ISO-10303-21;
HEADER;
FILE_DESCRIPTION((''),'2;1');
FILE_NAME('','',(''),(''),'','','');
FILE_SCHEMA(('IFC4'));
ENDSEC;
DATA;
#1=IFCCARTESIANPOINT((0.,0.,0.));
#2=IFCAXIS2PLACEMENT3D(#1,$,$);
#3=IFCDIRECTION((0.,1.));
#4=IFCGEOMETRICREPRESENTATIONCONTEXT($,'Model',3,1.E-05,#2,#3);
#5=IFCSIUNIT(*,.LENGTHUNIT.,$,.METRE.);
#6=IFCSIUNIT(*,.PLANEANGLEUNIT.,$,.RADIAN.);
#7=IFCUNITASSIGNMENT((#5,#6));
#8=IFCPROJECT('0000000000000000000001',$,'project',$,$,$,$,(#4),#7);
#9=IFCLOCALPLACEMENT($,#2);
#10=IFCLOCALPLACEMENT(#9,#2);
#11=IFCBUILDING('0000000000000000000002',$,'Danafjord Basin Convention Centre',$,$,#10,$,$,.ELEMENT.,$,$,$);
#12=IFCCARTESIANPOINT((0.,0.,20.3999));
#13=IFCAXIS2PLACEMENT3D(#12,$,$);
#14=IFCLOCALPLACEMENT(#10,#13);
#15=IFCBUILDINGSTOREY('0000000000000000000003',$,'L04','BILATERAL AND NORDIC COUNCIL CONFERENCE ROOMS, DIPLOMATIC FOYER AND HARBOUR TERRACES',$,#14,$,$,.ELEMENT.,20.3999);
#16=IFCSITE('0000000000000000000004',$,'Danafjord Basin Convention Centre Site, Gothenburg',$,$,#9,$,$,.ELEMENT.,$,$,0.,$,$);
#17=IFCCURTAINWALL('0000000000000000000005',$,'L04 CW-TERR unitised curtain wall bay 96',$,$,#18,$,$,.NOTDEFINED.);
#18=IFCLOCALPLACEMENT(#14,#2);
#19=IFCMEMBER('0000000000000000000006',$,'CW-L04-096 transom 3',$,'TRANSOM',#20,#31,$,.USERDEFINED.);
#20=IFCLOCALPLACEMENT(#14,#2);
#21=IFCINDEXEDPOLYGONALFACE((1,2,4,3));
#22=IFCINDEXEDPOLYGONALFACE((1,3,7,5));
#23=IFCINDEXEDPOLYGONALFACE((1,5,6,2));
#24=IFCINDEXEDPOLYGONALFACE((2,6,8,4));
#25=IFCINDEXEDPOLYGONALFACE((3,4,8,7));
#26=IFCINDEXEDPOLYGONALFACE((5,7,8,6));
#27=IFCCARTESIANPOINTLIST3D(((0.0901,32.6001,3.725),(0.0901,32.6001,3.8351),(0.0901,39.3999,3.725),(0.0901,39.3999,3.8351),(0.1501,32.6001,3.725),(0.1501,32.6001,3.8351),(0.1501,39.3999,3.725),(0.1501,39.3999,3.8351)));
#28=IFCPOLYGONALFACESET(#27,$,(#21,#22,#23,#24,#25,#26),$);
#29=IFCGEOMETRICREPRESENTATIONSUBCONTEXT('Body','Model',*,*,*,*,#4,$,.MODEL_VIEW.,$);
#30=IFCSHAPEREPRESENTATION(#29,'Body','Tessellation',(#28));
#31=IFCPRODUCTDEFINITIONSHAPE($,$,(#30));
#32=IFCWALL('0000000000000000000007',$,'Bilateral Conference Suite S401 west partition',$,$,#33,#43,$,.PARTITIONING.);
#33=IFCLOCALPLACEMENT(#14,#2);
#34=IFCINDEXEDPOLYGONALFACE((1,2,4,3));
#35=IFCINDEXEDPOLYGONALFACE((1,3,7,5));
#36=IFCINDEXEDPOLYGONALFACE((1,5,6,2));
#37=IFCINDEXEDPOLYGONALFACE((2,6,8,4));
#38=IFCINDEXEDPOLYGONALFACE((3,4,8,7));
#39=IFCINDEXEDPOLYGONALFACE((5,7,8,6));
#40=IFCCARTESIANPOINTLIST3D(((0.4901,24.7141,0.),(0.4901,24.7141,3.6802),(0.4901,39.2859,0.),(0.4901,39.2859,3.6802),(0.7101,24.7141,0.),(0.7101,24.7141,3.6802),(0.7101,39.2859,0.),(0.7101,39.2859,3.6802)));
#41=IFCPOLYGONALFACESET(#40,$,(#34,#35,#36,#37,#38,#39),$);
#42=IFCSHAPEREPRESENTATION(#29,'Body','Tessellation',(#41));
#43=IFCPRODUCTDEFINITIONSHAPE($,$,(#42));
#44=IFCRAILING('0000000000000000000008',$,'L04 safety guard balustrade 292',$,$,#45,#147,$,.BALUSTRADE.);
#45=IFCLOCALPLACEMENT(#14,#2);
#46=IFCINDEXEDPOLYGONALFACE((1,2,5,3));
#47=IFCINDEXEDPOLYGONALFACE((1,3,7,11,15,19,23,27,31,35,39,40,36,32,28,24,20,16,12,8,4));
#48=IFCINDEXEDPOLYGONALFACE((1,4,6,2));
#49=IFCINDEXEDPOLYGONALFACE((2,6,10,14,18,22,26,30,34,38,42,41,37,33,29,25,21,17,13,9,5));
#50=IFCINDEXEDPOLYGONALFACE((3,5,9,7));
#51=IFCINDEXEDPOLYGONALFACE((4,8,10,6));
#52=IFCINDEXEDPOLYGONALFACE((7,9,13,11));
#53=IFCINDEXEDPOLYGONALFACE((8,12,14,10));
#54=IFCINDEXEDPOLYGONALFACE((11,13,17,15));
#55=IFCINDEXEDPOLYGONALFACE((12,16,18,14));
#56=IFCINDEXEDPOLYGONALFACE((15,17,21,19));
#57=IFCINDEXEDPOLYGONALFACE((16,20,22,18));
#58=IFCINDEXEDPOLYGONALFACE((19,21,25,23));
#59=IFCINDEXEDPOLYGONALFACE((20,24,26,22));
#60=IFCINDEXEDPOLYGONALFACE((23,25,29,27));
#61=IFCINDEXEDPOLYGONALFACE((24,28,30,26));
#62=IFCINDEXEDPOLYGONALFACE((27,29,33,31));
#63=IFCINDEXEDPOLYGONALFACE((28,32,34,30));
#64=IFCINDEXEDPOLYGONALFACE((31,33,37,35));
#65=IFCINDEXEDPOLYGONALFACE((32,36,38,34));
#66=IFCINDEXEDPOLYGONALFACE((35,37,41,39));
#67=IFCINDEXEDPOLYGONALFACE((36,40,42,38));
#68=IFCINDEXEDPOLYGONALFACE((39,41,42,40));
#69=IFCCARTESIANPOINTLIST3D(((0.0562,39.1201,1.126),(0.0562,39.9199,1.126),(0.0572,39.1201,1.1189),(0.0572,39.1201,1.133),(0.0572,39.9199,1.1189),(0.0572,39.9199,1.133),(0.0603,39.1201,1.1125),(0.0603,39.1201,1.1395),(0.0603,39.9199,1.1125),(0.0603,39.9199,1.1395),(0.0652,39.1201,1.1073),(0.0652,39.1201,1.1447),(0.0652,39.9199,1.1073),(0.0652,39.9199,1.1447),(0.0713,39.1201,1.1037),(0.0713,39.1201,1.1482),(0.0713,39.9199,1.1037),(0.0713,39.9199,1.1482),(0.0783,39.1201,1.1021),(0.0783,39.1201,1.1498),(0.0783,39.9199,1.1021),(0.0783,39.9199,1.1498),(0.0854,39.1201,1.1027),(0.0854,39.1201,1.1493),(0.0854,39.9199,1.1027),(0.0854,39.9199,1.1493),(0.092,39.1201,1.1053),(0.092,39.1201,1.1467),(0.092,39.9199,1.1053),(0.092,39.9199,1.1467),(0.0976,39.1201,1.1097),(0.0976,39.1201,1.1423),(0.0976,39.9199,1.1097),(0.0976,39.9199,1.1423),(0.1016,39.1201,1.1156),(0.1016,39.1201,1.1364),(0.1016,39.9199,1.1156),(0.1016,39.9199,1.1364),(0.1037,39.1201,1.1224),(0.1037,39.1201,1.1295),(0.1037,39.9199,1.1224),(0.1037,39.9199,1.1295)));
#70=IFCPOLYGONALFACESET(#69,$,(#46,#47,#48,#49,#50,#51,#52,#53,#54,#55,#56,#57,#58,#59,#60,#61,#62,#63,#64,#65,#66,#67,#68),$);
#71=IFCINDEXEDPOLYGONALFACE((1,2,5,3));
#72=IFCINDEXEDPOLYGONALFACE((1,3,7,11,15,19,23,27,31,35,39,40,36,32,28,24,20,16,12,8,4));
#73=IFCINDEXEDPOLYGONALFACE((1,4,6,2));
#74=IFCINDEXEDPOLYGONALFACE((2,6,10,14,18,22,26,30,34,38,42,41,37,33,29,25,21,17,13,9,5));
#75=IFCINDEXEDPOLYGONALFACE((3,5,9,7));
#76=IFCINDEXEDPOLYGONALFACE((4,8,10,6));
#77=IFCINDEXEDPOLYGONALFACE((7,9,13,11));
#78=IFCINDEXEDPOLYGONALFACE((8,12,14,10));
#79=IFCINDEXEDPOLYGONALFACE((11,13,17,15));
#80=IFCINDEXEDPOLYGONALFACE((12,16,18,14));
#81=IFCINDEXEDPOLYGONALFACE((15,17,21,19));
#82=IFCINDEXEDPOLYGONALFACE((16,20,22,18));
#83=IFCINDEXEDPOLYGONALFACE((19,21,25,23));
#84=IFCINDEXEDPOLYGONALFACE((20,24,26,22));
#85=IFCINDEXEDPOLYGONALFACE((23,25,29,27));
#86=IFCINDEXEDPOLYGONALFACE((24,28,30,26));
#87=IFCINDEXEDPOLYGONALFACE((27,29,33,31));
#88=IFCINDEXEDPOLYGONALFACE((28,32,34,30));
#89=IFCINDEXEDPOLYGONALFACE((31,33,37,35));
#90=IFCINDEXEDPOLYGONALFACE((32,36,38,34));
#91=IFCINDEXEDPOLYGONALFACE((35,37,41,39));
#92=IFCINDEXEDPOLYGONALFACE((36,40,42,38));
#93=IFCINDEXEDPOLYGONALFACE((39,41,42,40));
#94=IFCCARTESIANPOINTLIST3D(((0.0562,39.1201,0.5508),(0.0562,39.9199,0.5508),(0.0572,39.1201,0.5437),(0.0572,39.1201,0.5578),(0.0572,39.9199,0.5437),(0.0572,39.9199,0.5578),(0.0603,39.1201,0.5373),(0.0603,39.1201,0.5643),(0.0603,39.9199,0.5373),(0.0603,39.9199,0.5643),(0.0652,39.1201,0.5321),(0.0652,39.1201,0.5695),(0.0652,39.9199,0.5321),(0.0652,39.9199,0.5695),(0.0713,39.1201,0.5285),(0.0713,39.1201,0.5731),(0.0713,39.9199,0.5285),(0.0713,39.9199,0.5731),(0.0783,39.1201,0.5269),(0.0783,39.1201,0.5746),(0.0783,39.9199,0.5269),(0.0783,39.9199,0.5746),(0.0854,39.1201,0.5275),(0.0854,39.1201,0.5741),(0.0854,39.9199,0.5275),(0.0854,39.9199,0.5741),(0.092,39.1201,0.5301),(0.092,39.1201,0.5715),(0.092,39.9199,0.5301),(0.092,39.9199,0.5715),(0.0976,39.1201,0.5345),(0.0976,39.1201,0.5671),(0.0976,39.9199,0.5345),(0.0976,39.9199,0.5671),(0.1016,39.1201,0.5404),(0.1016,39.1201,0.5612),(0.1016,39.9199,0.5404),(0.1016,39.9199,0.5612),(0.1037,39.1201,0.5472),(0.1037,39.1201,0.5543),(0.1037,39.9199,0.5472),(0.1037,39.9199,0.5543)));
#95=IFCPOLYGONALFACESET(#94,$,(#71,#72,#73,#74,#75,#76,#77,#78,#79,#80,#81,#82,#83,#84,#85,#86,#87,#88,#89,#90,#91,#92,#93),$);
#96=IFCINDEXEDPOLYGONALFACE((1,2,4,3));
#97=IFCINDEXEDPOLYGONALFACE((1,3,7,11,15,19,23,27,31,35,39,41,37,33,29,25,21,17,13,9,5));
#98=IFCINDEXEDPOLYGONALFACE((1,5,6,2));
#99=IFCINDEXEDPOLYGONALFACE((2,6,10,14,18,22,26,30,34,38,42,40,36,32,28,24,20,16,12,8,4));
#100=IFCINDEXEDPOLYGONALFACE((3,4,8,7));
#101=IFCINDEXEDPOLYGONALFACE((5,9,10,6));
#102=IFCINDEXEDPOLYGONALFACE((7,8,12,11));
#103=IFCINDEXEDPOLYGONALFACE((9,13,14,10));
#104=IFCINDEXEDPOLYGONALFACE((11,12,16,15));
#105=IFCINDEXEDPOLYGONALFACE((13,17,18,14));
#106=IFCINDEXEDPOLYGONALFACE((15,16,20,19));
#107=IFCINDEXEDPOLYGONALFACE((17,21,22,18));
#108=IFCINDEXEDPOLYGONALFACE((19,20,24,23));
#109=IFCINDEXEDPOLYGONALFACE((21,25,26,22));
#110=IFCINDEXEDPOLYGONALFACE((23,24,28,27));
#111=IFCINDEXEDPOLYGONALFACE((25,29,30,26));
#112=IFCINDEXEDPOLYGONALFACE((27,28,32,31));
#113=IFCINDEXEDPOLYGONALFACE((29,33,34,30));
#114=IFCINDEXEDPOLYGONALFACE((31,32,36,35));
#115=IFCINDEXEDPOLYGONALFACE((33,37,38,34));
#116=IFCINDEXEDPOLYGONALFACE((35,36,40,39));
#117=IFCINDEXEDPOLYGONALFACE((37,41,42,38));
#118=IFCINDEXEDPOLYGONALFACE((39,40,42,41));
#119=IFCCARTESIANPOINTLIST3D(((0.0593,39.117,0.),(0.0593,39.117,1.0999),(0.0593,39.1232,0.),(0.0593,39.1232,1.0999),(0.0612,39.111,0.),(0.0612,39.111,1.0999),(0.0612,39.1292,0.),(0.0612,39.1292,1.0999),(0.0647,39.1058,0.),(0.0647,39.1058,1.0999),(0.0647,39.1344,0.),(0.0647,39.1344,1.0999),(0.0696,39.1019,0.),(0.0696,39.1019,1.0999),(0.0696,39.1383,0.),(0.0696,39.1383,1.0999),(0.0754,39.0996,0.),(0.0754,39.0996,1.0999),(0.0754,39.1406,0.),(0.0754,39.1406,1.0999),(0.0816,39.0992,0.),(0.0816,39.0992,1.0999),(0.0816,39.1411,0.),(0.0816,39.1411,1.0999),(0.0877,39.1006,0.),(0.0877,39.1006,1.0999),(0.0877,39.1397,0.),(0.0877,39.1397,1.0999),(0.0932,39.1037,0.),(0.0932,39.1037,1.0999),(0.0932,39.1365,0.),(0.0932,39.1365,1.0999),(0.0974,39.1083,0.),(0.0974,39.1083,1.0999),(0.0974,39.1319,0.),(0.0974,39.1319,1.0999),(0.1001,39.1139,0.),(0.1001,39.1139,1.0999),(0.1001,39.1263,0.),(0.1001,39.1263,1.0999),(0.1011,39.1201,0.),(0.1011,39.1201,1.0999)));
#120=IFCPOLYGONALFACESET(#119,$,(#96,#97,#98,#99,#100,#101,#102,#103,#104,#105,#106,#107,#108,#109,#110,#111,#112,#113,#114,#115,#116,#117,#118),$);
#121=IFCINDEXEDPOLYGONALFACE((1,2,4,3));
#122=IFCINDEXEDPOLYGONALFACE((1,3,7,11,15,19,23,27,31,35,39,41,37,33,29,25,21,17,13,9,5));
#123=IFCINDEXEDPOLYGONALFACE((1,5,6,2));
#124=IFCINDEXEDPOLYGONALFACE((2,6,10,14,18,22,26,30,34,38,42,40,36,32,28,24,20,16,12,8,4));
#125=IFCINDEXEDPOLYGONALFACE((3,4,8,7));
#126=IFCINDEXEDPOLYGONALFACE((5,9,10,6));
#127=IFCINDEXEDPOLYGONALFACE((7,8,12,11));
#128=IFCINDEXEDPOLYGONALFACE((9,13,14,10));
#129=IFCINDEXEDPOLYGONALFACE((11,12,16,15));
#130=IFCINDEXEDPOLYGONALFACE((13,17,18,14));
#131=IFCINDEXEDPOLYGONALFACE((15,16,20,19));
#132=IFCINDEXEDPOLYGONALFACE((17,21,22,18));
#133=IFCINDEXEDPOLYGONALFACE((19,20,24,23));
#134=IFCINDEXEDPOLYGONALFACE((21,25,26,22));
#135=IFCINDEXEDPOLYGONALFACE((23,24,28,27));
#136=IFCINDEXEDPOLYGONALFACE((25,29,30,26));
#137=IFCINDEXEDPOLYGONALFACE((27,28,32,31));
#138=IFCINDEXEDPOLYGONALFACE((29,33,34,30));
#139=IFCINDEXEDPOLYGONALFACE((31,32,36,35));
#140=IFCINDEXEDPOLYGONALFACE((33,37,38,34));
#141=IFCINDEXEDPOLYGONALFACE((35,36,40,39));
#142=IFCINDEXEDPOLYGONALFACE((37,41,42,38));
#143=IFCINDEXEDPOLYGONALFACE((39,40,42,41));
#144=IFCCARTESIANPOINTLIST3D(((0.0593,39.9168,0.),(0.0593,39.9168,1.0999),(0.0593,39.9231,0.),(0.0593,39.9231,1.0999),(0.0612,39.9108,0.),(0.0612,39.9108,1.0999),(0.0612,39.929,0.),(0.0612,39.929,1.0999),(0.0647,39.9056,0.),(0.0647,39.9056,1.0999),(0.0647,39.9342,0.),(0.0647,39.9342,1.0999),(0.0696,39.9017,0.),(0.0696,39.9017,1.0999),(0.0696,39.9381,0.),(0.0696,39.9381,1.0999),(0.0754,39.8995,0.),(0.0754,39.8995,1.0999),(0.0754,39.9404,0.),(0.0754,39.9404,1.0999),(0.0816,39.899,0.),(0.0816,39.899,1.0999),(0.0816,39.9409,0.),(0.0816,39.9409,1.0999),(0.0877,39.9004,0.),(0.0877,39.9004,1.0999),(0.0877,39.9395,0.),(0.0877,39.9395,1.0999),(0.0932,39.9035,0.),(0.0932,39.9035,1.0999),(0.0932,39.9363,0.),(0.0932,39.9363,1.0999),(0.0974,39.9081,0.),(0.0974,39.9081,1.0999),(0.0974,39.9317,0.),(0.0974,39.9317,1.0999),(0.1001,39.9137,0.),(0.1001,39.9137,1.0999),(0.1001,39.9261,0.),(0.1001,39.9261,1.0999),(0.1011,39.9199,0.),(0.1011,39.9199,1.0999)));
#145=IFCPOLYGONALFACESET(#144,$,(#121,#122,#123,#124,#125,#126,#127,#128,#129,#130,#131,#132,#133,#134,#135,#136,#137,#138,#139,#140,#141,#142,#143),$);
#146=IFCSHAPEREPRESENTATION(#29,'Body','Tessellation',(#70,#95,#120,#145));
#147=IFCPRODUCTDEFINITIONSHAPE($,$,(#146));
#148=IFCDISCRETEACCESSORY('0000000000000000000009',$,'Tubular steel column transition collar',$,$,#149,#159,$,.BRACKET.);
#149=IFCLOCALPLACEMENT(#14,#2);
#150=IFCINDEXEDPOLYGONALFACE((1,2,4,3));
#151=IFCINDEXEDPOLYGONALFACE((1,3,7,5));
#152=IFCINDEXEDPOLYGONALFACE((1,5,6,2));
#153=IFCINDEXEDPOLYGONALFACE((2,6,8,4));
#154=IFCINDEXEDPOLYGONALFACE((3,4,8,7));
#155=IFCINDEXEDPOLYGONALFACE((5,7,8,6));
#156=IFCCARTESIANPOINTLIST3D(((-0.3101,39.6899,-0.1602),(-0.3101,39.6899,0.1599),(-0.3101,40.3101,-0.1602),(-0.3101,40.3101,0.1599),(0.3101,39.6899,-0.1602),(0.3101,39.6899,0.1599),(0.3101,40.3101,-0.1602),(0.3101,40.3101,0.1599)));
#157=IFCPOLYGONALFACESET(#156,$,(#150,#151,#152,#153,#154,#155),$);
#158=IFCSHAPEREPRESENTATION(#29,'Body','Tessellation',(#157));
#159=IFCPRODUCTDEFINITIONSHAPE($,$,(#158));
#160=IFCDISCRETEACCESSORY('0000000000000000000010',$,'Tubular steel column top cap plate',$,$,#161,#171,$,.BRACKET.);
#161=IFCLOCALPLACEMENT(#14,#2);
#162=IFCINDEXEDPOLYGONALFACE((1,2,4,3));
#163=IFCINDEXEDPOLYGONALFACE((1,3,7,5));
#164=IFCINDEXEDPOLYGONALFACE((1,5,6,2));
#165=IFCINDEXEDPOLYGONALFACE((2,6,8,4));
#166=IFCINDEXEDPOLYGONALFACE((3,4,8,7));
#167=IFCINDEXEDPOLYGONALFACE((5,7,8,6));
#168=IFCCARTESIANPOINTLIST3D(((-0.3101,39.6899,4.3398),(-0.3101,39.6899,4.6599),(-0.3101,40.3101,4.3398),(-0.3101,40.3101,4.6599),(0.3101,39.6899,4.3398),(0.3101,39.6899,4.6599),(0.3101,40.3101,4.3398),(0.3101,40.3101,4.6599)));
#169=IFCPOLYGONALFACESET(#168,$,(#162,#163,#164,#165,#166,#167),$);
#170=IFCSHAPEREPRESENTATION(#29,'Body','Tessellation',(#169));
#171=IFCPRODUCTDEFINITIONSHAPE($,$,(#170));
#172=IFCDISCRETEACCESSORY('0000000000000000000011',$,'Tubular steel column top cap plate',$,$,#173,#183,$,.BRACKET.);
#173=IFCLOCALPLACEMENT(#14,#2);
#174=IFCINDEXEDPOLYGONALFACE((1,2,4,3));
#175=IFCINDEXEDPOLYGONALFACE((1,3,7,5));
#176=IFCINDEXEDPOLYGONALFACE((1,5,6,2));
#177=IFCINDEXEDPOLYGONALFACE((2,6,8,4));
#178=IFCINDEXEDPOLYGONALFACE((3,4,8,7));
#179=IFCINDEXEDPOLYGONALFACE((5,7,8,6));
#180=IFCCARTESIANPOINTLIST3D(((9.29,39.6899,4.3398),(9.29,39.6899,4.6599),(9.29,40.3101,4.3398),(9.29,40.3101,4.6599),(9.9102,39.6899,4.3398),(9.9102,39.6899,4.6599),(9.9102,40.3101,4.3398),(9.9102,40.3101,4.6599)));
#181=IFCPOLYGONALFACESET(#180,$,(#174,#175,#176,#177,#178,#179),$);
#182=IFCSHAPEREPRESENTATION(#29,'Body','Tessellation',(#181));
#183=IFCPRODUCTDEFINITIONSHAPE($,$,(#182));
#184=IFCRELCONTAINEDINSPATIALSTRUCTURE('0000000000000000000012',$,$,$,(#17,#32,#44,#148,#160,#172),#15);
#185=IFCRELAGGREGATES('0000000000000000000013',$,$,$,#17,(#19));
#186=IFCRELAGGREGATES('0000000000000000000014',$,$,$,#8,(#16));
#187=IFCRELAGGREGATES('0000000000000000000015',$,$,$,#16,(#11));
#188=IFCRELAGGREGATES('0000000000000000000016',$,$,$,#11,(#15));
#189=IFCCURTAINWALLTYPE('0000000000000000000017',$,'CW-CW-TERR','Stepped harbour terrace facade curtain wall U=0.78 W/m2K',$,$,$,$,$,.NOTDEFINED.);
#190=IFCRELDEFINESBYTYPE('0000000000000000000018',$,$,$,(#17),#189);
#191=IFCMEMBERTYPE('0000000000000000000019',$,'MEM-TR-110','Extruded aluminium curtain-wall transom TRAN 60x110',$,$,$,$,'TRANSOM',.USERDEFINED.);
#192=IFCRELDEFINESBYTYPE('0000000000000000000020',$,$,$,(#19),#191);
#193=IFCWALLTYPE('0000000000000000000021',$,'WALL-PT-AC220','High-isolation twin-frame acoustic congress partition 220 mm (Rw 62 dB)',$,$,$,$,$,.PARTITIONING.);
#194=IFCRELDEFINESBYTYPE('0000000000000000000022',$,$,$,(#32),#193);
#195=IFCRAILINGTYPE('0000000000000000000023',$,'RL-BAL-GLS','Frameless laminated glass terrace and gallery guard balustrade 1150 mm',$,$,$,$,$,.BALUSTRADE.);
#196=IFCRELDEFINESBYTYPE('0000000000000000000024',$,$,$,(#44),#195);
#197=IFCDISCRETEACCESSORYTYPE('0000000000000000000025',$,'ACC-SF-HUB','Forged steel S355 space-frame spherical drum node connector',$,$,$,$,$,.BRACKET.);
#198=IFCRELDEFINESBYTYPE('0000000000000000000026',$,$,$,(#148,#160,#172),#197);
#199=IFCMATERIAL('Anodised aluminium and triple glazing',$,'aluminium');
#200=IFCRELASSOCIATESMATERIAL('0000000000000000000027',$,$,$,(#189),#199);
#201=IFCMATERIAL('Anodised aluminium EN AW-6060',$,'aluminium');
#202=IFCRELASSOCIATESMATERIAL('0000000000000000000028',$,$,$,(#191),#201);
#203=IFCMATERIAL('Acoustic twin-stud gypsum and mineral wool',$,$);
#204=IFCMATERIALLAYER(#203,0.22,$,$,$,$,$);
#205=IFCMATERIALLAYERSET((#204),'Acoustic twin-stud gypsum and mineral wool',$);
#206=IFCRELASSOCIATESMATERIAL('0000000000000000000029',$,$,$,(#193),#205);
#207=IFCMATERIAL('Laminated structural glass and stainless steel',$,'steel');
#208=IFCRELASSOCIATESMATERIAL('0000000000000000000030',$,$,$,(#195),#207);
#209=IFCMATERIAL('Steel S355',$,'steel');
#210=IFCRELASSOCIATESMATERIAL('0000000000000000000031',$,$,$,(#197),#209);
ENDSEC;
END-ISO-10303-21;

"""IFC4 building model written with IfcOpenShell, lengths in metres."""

from ifc_helpers import new_model, si_unit, direction, frame, frame_2d, origin, origin_2d, place, context, subcontext, project, spatial, rectangle, circle, extrude, material, layer, layer_set, material_profile, profile_set, type_object, element, aggregate, save


model = new_model("IFC4")

# Units and contexts
model_context = context("Model", 3, precision=1e-05, world=origin(), true_north=direction((0.0, 1.0)))
body_context = subcontext(model_context, "Body", "Model", "MODEL_VIEW")
ifc_project = project(units=[si_unit("LENGTHUNIT", "METRE"), si_unit("PLANEANGLEUNIT", "RADIAN")], contexts=[model_context])

# Site, building, storey
site_placement = place(None, origin())
site = spatial("IfcSite", under=ifc_project, at=site_placement, Name="Danafjord Basin Convention Centre Site, Gothenburg", CompositionType="ELEMENT", RefElevation=0.0)
building_placement = place(site_placement, origin())
building = spatial("IfcBuilding", under=site, at=building_placement, Name="Danafjord Basin Convention Centre", CompositionType="ELEMENT")
storey_placement = place(building_placement, frame((0.0, 0.0, 20.3999)))
storey = spatial("IfcBuildingStorey", under=building, at=storey_placement, Name="L04", Description="BILATERAL AND NORDIC COUNCIL CONFERENCE ROOMS, DIPLOMATIC FOYER AND HARBOUR TERRACES", CompositionType="ELEMENT", Elevation=20.3999)

# Shared definitions
ifc_material_1 = material(Name="Steel S355", Category="steel")

# Curtain wall, member
ifc_material_2 = material(Name="Anodised aluminium and triple glazing", Category="aluminium")
curtain_wall_type = type_object("IfcCurtainWallType", Name="CW-CW-TERR", Description="Stepped harbour terrace facade curtain wall U=0.78 W/m2K", PredefinedType="NOTDEFINED", material=ifc_material_2)
curtain_wall_placement = place(storey_placement, origin())
curtain_wall = element("IfcCurtainWall", 1, at=curtain_wall_placement, inside=storey, type_object=curtain_wall_type, Name="L04 CW-TERR unitised curtain wall bay 96", PredefinedType="NOTDEFINED")
ifc_material_3 = material(Name="Anodised aluminium EN AW-6060", Category="aluminium")
ifc_material_profile_1 = material_profile(ifc_material_3, rectangle(XDim=0.0601, YDim=0.1101, at=origin_2d()), Name="TRAN 60x110")
ifc_profile_set_1 = profile_set([ifc_material_profile_1], Name="Anodised aluminium EN AW-6060")
member_type_1 = type_object("IfcMemberType", Name="MEM-TR-110", Description="Extruded aluminium curtain-wall transom TRAN 60x110", ElementType="TRANSOM", PredefinedType="USERDEFINED", material=ifc_profile_set_1)
member_1_placement = place(storey_placement, frame((0.1201, 39.3999, 3.78), z_axis=(0.0, -1.0, 0.0), x_axis=(1.0, 0.0, 0.0)))
member_1 = element("IfcMember", 2, at=member_1_placement, type_object=member_type_1, Name="CW-L04-096 transom 3", ObjectType="TRANSOM", PredefinedType="USERDEFINED", context=body_context, shape_type="SweptSolid", body=[
    extrude(rectangle(XDim=0.0601, YDim=0.1101, at=origin_2d()), origin(), (0.0, 0.0, 1.0), 6.7998),
])
aggregate(curtain_wall, [member_1])

# Wall
ifc_material_4 = material(Name="Acoustic twin-stud gypsum and mineral wool")
ifc_layer = layer(ifc_material_4, 0.22)
ifc_layer_set = layer_set([ifc_layer], Name="Acoustic twin-stud gypsum and mineral wool")
wall_type = type_object("IfcWallType", Name="WALL-PT-AC220", Description="High-isolation twin-frame acoustic congress partition 220 mm (Rw 62 dB)", PredefinedType="PARTITIONING", material=ifc_layer_set)
wall_placement = place(storey_placement, frame((0.6001, 39.2859, 0.0), z_axis=(0.0, 0.0, 1.0), x_axis=(0.0, -1.0, 0.0)))
element("IfcWall", 3, at=wall_placement, inside=storey, type_object=wall_type, Name="Bilateral Conference Suite S401 west partition", PredefinedType="PARTITIONING", context=body_context, shape_type="SweptSolid", body=[
    extrude(rectangle(XDim=14.5718, YDim=0.22, at=frame_2d((7.2859, 0.0))), origin(), (0.0, 0.0, 1.0), 3.6802),
])

# Railing
ifc_material_5 = material(Name="Laminated structural glass and stainless steel", Category="steel")
railing_type = type_object("IfcRailingType", Name="RL-BAL-GLS", Description="Frameless laminated glass terrace and gallery guard balustrade 1150 mm", PredefinedType="BALUSTRADE", material=ifc_material_5)
railing_1_placement = place(storey_placement, frame((0.0801, 39.1201, 0.0)))
element("IfcRailing", 4, at=railing_1_placement, inside=storey, type_object=railing_type, Name="L04 safety guard balustrade 292", PredefinedType="BALUSTRADE", context=body_context, shape_type="SweptSolid", body=[
    extrude(circle(Radius=0.0239, at=origin_2d()), frame((0.0, 0.0, 1.126), z_axis=(0.0, 1.0, 0.0), x_axis=(-1.0, 0.0, 0.0)), (0.0, 0.0, 1.0), 0.7998),
    extrude(circle(Radius=0.0239, at=origin_2d()), frame((0.0, 0.0, 0.5508), z_axis=(0.0, 1.0, 0.0), x_axis=(-1.0, 0.0, 0.0)), (0.0, 0.0, 1.0), 0.7998),
    extrude(circle(Radius=0.021, at=origin_2d()), origin(), (0.0, 0.0, 1.0), 1.0999),
    extrude(circle(Radius=0.021, at=origin_2d()), frame((0.0, 0.7998, 0.0)), (0.0, 0.0, 1.0), 1.0999),
])

# Discrete accessories
discrete_accessory_type = type_object("IfcDiscreteAccessoryType", Name="ACC-SF-HUB", Description="Forged steel S355 space-frame spherical drum node connector", PredefinedType="BRACKET", material=ifc_material_1)
for number, where, z_axis, x_axis, name in (
    (5, (0.0, 40.0, -0.1602), (0.0, 0.0, 1.0), (1.0, 0.0, 0.0), "Tubular steel column transition collar"),
    (6, (0.0, 40.0, 4.3398), (0.0, 0.0, 1.0), (1.0, 0.0, 0.0), "Tubular steel column top cap plate"),
    (7, (9.6001, 40.0, 4.3398), (0.0, 0.0, 1.0), (1.0, 0.0, 0.0), "Tubular steel column top cap plate"),
):
    element("IfcDiscreteAccessory", number, at=place(storey_placement, frame(where, z_axis=z_axis, x_axis=x_axis)), inside=storey, type_object=discrete_accessory_type, Name=name, PredefinedType="BRACKET", context=body_context, shape_type="SweptSolid", body=[
        extrude(rectangle(XDim=0.6201, YDim=0.6201, at=origin_2d()), origin(), (0.0, 0.0, 1.0), 0.3201),
    ])

save(model, "model.ifc")
